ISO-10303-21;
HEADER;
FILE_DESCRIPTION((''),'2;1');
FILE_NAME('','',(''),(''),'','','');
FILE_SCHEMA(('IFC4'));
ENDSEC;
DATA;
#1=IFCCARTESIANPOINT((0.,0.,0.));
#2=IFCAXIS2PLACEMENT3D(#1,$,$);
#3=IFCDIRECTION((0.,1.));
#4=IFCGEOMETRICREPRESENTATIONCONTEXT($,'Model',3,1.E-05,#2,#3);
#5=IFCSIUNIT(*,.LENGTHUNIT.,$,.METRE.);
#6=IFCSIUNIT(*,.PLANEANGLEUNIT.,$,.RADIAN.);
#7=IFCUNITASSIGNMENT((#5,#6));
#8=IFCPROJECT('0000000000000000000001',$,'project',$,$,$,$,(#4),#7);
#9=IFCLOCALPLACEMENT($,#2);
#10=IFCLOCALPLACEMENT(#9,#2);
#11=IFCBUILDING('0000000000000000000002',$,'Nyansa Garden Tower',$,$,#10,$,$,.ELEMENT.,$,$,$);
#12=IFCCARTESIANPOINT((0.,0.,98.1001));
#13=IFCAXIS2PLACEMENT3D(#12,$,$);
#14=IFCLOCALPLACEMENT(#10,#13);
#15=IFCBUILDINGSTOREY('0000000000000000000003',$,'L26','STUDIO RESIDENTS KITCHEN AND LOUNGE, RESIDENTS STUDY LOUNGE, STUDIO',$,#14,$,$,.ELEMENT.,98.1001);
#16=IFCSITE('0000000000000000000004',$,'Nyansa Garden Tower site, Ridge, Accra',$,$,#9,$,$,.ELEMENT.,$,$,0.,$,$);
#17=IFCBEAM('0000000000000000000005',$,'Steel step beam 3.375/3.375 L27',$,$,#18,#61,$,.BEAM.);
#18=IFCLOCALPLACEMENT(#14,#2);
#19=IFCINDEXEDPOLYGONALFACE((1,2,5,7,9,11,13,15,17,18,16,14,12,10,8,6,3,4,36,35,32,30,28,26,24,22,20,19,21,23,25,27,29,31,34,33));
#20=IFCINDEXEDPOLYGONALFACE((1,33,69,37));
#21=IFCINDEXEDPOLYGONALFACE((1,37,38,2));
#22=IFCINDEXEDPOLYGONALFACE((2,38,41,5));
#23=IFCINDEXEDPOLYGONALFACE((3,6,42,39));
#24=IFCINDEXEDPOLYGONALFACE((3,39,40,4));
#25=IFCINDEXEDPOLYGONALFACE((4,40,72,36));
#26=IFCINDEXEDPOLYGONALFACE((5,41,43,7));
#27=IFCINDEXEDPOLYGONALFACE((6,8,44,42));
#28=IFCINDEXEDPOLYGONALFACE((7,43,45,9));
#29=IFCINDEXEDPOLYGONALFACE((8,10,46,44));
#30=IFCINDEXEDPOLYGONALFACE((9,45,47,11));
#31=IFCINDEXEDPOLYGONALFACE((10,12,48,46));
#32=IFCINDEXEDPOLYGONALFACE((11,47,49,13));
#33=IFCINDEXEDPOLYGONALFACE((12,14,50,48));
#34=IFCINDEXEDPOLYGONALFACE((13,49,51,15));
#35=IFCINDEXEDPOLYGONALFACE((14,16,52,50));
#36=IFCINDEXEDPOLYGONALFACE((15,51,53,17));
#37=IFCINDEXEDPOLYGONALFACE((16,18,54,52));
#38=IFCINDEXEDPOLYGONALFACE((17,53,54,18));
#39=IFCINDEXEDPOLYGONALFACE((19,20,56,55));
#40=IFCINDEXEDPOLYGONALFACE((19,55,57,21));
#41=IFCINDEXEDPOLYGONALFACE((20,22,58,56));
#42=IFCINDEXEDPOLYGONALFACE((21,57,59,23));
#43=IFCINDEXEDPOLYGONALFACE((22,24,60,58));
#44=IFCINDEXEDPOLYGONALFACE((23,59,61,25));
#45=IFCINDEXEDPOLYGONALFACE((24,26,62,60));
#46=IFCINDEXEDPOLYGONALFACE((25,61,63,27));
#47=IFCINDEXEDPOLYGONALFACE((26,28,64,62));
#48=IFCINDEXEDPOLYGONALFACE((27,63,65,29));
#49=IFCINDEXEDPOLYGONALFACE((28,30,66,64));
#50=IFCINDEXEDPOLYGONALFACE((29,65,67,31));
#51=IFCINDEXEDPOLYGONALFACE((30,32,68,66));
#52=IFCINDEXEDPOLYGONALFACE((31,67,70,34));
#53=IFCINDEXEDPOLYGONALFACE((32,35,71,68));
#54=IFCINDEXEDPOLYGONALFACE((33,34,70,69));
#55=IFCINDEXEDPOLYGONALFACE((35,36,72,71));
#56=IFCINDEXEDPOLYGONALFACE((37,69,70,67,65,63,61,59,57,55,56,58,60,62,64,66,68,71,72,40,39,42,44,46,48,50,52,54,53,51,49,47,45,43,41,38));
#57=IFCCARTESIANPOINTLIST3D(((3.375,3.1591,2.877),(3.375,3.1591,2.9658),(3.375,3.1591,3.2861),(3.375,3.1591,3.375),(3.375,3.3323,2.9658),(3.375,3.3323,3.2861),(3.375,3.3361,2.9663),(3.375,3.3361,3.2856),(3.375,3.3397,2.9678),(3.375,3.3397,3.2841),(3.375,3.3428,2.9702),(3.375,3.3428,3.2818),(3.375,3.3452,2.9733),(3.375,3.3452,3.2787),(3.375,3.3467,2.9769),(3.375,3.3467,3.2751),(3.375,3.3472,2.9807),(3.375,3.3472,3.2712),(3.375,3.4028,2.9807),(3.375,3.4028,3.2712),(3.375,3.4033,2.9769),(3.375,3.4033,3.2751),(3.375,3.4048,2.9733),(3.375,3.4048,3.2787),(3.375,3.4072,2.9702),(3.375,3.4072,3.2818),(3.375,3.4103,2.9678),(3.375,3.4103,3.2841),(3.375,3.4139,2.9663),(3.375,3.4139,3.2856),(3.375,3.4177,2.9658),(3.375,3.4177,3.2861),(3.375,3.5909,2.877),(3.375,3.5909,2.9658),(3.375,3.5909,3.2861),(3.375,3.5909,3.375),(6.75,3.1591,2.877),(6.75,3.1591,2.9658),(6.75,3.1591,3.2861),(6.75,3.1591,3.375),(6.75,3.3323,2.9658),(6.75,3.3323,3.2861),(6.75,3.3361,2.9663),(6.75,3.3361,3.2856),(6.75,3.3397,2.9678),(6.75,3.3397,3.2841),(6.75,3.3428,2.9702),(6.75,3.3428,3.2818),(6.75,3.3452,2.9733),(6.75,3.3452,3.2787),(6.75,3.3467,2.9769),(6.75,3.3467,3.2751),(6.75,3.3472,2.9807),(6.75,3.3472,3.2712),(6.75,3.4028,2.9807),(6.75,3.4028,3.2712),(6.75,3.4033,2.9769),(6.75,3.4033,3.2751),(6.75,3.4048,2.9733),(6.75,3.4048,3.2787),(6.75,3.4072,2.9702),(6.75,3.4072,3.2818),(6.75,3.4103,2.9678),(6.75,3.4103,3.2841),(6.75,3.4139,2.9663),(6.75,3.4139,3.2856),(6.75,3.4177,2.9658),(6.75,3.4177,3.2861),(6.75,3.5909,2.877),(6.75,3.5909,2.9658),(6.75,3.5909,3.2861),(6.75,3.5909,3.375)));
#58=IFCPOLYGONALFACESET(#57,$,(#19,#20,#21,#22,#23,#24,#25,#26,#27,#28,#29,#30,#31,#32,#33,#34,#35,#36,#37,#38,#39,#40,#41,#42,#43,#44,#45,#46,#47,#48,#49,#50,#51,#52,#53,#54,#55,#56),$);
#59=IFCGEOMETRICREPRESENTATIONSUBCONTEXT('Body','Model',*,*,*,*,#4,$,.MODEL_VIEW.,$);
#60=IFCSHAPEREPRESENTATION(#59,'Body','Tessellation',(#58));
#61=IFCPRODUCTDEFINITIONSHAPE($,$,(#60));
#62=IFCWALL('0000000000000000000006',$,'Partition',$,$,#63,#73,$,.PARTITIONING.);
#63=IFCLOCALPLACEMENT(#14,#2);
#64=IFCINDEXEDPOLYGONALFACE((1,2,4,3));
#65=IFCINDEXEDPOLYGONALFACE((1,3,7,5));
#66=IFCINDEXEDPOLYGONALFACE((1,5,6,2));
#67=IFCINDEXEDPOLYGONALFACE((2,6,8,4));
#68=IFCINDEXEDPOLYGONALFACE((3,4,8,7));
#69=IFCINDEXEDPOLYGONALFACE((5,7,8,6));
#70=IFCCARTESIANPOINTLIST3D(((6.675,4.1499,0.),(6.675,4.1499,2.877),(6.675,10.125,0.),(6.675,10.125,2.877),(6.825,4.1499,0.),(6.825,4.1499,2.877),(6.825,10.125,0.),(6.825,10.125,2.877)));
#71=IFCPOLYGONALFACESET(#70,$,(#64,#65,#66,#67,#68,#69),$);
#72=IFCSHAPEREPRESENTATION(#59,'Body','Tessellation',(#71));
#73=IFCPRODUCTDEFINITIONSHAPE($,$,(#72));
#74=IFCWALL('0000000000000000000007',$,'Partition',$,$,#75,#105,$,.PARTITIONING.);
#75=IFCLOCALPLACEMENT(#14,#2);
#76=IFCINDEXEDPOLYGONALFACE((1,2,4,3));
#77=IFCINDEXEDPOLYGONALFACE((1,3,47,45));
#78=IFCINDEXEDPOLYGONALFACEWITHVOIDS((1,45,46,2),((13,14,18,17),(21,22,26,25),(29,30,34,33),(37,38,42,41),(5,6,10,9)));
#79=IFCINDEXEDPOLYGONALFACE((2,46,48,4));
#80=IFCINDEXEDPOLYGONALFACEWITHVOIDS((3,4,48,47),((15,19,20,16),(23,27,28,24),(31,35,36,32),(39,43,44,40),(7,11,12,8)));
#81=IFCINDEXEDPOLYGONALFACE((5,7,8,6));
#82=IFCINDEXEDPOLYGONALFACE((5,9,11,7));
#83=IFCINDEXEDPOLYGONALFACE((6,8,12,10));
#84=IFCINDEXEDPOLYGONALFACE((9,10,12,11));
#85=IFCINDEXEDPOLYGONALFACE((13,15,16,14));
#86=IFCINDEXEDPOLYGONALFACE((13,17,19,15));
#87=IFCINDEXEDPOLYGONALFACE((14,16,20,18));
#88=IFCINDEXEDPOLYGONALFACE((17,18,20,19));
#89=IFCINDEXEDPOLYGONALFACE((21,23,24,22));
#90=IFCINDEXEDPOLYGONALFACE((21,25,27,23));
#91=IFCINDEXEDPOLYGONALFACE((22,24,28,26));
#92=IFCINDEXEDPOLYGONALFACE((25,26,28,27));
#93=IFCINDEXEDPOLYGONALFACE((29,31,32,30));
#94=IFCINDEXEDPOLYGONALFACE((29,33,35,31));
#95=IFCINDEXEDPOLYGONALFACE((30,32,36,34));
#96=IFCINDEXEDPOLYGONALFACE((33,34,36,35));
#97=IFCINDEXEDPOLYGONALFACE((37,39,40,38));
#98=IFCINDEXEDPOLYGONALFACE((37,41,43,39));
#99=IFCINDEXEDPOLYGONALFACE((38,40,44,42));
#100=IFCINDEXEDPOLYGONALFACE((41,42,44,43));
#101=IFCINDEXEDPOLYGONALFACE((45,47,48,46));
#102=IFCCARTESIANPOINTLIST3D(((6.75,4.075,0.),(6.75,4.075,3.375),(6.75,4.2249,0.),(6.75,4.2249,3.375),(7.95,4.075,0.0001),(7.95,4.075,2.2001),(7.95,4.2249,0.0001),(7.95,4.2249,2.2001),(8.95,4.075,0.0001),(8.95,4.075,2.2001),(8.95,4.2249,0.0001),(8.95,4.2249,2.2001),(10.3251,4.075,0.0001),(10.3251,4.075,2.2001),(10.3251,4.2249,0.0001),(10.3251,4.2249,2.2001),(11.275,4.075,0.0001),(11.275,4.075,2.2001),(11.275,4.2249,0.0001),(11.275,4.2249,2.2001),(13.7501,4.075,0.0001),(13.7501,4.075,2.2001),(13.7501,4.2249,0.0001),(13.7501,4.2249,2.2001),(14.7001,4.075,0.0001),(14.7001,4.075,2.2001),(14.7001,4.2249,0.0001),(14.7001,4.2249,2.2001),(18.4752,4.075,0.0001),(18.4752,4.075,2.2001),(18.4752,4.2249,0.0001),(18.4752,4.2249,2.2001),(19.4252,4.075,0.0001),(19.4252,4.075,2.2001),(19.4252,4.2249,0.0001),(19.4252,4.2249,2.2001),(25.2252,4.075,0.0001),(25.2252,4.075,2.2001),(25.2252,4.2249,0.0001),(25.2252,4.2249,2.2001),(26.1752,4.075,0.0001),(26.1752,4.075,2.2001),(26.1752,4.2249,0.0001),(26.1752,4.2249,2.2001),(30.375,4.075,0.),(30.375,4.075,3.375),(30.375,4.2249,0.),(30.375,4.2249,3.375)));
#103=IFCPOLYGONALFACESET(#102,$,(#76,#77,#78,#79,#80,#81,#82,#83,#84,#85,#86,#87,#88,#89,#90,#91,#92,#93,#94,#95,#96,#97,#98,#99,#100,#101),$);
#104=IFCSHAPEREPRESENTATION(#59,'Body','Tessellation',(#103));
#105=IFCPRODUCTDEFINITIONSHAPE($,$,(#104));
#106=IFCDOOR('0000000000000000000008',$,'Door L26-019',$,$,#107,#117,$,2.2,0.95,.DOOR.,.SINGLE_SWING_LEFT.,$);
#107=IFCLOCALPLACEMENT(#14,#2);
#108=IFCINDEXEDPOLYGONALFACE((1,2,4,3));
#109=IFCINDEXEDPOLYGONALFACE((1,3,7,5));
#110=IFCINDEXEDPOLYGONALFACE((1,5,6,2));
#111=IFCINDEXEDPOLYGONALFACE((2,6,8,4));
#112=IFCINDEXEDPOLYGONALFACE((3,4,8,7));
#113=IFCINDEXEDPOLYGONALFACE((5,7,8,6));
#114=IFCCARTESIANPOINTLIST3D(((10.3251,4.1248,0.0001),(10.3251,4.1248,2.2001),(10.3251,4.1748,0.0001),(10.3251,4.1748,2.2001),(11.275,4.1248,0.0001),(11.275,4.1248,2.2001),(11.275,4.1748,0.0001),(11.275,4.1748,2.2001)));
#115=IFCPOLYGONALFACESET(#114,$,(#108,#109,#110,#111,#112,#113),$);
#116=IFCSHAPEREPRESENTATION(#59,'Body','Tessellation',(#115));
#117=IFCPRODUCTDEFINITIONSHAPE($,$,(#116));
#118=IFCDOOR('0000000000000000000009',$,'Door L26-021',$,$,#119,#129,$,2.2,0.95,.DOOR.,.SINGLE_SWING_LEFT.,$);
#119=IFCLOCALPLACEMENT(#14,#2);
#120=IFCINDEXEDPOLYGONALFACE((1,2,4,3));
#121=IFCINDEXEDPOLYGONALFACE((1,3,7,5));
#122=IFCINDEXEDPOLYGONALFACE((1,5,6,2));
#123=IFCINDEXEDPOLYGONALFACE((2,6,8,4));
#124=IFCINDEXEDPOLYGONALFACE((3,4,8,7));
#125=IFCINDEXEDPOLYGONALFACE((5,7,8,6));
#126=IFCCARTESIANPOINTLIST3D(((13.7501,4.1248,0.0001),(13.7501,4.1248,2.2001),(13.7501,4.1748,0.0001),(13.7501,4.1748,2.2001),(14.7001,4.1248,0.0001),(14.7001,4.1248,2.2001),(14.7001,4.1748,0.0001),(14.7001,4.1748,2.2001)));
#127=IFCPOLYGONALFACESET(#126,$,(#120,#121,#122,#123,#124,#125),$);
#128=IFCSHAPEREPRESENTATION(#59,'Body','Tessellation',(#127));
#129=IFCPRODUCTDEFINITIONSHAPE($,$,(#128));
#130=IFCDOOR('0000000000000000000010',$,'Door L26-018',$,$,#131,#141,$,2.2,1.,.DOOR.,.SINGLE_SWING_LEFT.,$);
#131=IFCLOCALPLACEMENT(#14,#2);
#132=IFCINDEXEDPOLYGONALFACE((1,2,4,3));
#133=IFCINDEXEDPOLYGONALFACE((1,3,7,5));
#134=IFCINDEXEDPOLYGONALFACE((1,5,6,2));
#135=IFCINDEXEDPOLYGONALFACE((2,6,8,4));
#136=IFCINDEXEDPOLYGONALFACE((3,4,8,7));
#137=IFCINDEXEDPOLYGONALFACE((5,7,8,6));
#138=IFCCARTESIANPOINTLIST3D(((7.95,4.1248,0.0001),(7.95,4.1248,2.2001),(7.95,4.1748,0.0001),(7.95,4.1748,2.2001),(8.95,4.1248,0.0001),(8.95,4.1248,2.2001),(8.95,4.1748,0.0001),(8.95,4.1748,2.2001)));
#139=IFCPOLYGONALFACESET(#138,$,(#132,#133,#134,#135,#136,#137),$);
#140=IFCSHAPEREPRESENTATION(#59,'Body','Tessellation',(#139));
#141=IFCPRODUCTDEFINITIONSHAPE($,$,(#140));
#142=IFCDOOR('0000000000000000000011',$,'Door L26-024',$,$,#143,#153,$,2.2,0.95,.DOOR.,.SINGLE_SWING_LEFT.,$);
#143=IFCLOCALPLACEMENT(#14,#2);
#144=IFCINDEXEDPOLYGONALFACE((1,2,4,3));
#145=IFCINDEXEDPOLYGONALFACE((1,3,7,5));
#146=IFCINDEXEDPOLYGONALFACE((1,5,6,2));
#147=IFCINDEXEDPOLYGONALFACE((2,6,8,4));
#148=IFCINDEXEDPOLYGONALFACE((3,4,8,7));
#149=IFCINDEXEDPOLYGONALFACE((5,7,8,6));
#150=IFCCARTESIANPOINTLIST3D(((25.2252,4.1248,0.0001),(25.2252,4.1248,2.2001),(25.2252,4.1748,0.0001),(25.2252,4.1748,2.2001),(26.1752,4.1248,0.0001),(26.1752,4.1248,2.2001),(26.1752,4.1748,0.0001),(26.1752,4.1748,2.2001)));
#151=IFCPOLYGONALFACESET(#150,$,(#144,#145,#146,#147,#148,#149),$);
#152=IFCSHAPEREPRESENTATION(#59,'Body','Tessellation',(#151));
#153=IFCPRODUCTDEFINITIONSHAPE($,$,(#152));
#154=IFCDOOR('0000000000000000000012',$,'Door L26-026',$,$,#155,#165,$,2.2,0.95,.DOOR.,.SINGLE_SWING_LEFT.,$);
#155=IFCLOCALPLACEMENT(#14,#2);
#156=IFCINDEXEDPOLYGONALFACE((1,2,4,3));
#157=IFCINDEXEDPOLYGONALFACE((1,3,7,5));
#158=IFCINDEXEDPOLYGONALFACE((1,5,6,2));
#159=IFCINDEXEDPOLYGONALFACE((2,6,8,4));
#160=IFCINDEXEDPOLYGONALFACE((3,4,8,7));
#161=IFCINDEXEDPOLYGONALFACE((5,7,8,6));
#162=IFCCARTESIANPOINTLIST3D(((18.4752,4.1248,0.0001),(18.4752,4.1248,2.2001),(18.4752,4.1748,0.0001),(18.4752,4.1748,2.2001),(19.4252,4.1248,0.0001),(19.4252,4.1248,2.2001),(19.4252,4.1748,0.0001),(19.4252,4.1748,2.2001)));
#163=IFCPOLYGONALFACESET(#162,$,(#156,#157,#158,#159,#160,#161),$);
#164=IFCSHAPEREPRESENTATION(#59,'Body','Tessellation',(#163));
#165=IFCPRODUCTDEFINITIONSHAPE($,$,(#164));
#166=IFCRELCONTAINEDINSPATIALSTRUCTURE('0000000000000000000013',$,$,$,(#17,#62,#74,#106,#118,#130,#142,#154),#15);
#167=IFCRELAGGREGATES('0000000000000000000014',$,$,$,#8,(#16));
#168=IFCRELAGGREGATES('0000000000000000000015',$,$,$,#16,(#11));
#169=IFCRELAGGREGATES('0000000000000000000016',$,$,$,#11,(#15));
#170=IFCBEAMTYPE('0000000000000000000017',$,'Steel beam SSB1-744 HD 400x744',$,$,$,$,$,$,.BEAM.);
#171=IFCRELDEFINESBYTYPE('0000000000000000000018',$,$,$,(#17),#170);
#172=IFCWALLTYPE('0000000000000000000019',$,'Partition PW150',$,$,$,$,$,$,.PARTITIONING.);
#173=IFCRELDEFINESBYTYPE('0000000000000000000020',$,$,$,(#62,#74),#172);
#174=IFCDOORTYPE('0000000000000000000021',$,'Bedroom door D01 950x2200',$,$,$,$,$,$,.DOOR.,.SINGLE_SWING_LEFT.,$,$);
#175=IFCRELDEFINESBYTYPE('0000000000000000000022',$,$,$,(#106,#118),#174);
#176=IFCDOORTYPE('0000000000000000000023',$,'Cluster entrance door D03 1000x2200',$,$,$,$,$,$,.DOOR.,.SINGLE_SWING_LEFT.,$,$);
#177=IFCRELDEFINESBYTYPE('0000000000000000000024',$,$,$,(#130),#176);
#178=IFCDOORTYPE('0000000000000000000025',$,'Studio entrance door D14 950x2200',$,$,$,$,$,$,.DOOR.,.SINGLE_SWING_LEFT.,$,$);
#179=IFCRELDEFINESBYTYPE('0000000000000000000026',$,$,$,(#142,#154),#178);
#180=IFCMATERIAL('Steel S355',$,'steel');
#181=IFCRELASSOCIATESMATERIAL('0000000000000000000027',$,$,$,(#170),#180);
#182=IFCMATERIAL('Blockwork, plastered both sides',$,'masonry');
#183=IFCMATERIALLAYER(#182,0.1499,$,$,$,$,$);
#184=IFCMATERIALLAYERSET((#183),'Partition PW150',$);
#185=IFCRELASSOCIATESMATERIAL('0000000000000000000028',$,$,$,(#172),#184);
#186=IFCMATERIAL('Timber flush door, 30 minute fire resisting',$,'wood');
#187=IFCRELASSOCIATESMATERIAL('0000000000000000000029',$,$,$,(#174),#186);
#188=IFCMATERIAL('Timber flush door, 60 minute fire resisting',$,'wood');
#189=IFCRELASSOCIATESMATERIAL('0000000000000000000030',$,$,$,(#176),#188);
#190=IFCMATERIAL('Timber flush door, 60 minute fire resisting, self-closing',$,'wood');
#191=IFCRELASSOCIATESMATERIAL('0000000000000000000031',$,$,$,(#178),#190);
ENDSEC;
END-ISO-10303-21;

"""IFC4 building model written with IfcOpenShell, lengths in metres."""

from ifc_helpers import new_model, si_unit, direction, frame, frame_2d, origin, origin_2d, place, context, subcontext, project, spatial, rectangle, i_section, extrude, material, layer, layer_set, material_profile, profile_set, type_object, element, fill, save


model = new_model("IFC4")

# Units and contexts
model_context = context("Model", 3, precision=1e-05, world=origin(), true_north=direction((0.0, 1.0)))
body_context = subcontext(model_context, "Body", "Model", "MODEL_VIEW")
ifc_project = project(units=[si_unit("LENGTHUNIT", "METRE"), si_unit("PLANEANGLEUNIT", "RADIAN")], contexts=[model_context])

# Site, building, storey
site_placement = place(None, origin())
site = spatial("IfcSite", under=ifc_project, at=site_placement, Name="Nyansa Garden Tower site, Ridge, Accra", CompositionType="ELEMENT", RefElevation=0.0)
building_placement = place(site_placement, origin())
building = spatial("IfcBuilding", under=site, at=building_placement, Name="Nyansa Garden Tower", CompositionType="ELEMENT")
storey_placement = place(building_placement, frame((0.0, 0.0, 98.1001)))
storey = spatial("IfcBuildingStorey", under=building, at=storey_placement, Name="L26", Description="STUDIO RESIDENTS KITCHEN AND LOUNGE, RESIDENTS STUDY LOUNGE, STUDIO", CompositionType="ELEMENT", Elevation=98.1001)

# Beam
ifc_material_1 = material(Name="Steel S355", Category="steel")
ifc_material_profile_1 = material_profile(ifc_material_1, i_section(OverallWidth=0.4319, OverallDepth=0.498, WebThickness=0.0557, FlangeThickness=0.0889, FilletRadius=0.0149, at=origin_2d()), Name="HD 400x744")
ifc_profile_set_1 = profile_set([ifc_material_profile_1], Name="Steel S355")
beam_type_1 = type_object("IfcBeamType", Name="Steel beam SSB1-744 HD 400x744", PredefinedType="BEAM", material=ifc_profile_set_1)
for number, where, z_axis, x_axis, name in (
    (1, (3.375, 3.375, 3.126), (1.0, 0.0, 0.0), (0.0, 1.0, 0.0), "Steel step beam 3.375/3.375 L27"),
):
    element("IfcBeam", number, at=place(storey_placement, frame(where, z_axis=z_axis, x_axis=x_axis)), inside=storey, type_object=beam_type_1, Name=name, PredefinedType="BEAM", context=body_context, shape_type="SweptSolid", body=[
        extrude(i_section(OverallWidth=0.4319, OverallDepth=0.498, WebThickness=0.0557, FlangeThickness=0.0889, FilletRadius=0.0149, at=origin_2d()), origin(), (0.0, 0.0, 1.0), 3.375),
    ])

# Wall
ifc_material_2 = material(Name="Blockwork, plastered both sides", Category="masonry")
ifc_layer_1 = layer(ifc_material_2, 0.1499)
ifc_layer_set_1 = layer_set([ifc_layer_1], Name="Partition PW150")
wall_type_1 = type_object("IfcWallType", Name="Partition PW150", PredefinedType="PARTITIONING", material=ifc_layer_set_1)
wall_1_placement = place(storey_placement, frame((6.75, 4.1499, 0.0), z_axis=(0.0, 0.0, 1.0), x_axis=(0.0, 1.0, 0.0)))
element("IfcWall", 2, at=wall_1_placement, inside=storey, type_object=wall_type_1, Name="Partition", PredefinedType="PARTITIONING", context=body_context, shape_type="SweptSolid", body=[
    extrude(rectangle(XDim=5.9751, YDim=0.1499, at=frame_2d((2.9875, 0.0))), origin(), (0.0, 0.0, 1.0), 2.877),
])

# Wall, openings, doors
wall_2_placement = place(storey_placement, frame((6.75, 4.1499, 0.0), z_axis=(0.0, 0.0, 1.0), x_axis=(1.0, 0.0, 0.0)))
wall_2 = element("IfcWall", 3, at=wall_2_placement, inside=storey, type_object=wall_type_1, Name="Partition", PredefinedType="PARTITIONING", context=body_context, shape_type="SweptSolid", body=[
    extrude(rectangle(XDim=23.625, YDim=0.1499, at=frame_2d((11.8125, 0.0))), origin(), (0.0, 0.0, 1.0), 3.375),
])
opening_1_placement = place(wall_2_placement, frame((1.2, 0.0, 0.0)))
opening_1 = element("IfcOpeningElement", 4, at=opening_1_placement, cuts=wall_2, PredefinedType="OPENING", context=body_context, shape_type="SweptSolid", body=[
    extrude(rectangle(XDim=1.0, YDim=2.2, at=frame_2d((0.5, 1.1001))), frame((0.0, 0.085, 0.0), z_axis=(0.0, -1.0, 0.0), x_axis=(1.0, 0.0, 0.0)), (0.0, 0.0, 1.0), 0.1699),
])
opening_2_placement = place(wall_2_placement, frame((3.575, 0.0, 0.0)))
opening_2 = element("IfcOpeningElement", 5, at=opening_2_placement, cuts=wall_2, PredefinedType="OPENING", context=body_context, shape_type="SweptSolid", body=[
    extrude(rectangle(XDim=0.95, YDim=2.2, at=frame_2d((0.4751, 1.1001))), frame((0.0, 0.085, 0.0), z_axis=(0.0, -1.0, 0.0), x_axis=(1.0, 0.0, 0.0)), (0.0, 0.0, 1.0), 0.1699),
])
opening_3_placement = place(wall_2_placement, frame((7.0, 0.0, 0.0)))
opening_3 = element("IfcOpeningElement", 6, at=opening_3_placement, cuts=wall_2, PredefinedType="OPENING", context=body_context, shape_type="SweptSolid", body=[
    extrude(rectangle(XDim=0.95, YDim=2.2, at=frame_2d((0.4751, 1.1001))), frame((0.0, 0.085, 0.0), z_axis=(0.0, -1.0, 0.0), x_axis=(1.0, 0.0, 0.0)), (0.0, 0.0, 1.0), 0.1699),
])
opening_4_placement = place(wall_2_placement, frame((18.4751, 0.0, 0.0)))
opening_4 = element("IfcOpeningElement", 7, at=opening_4_placement, cuts=wall_2, PredefinedType="OPENING", context=body_context, shape_type="SweptSolid", body=[
    extrude(rectangle(XDim=0.95, YDim=2.2, at=frame_2d((0.4751, 1.1001))), frame((0.0, 0.085, 0.0), z_axis=(0.0, -1.0, 0.0), x_axis=(1.0, 0.0, 0.0)), (0.0, 0.0, 1.0), 0.1699),
])
opening_5_placement = place(wall_2_placement, frame((11.7251, 0.0, 0.0)))
opening_5 = element("IfcOpeningElement", 8, at=opening_5_placement, cuts=wall_2, PredefinedType="OPENING", context=body_context, shape_type="SweptSolid", body=[
    extrude(rectangle(XDim=0.95, YDim=2.2, at=frame_2d((0.4751, 1.1001))), frame((0.0, 0.085, 0.0), z_axis=(0.0, -1.0, 0.0), x_axis=(1.0, 0.0, 0.0)), (0.0, 0.0, 1.0), 0.1699),
])
ifc_material_3 = material(Name="Timber flush door, 30 minute fire resisting", Category="wood")
door_type_1 = type_object("IfcDoorType", Name="Bedroom door D01 950x2200", OperationType="SINGLE_SWING_LEFT", PredefinedType="DOOR", material=ifc_material_3)
door_1_placement = place(opening_2_placement, origin())
door_1 = element("IfcDoor", 9, at=door_1_placement, inside=storey, type_object=door_type_1, Name="Door L26-019", OperationType="SINGLE_SWING_LEFT", OverallHeight=2.2, OverallWidth=0.95, PredefinedType="DOOR", context=body_context, shape_type="SweptSolid", body=[
    extrude(rectangle(XDim=0.95, YDim=2.2, at=frame_2d((0.4751, 1.1001))), frame((0.0, 0.0249, 0.0), z_axis=(0.0, -1.0, 0.0), x_axis=(1.0, 0.0, 0.0)), (0.0, 0.0, 1.0), 0.05),
])
fill(opening_2, door_1)
door_2_placement = place(opening_3_placement, origin())
door_2 = element("IfcDoor", 10, at=door_2_placement, inside=storey, type_object=door_type_1, Name="Door L26-021", OperationType="SINGLE_SWING_LEFT", OverallHeight=2.2, OverallWidth=0.95, PredefinedType="DOOR", context=body_context, shape_type="SweptSolid", body=[
    extrude(rectangle(XDim=0.95, YDim=2.2, at=frame_2d((0.4751, 1.1001))), frame((0.0, 0.0249, 0.0), z_axis=(0.0, -1.0, 0.0), x_axis=(1.0, 0.0, 0.0)), (0.0, 0.0, 1.0), 0.05),
])
fill(opening_3, door_2)
ifc_material_4 = material(Name="Timber flush door, 60 minute fire resisting", Category="wood")
door_type_2 = type_object("IfcDoorType", Name="Cluster entrance door D03 1000x2200", OperationType="SINGLE_SWING_LEFT", PredefinedType="DOOR", material=ifc_material_4)
door_3_placement = place(opening_1_placement, origin())
door_3 = element("IfcDoor", 11, at=door_3_placement, inside=storey, type_object=door_type_2, Name="Door L26-018", OperationType="SINGLE_SWING_LEFT", OverallHeight=2.2, OverallWidth=1.0, PredefinedType="DOOR", context=body_context, shape_type="SweptSolid", body=[
    extrude(rectangle(XDim=1.0, YDim=2.2, at=frame_2d((0.5, 1.1001))), frame((0.0, 0.0249, 0.0), z_axis=(0.0, -1.0, 0.0), x_axis=(1.0, 0.0, 0.0)), (0.0, 0.0, 1.0), 0.05),
])
fill(opening_1, door_3)
ifc_material_5 = material(Name="Timber flush door, 60 minute fire resisting, self-closing", Category="wood")
door_type_3 = type_object("IfcDoorType", Name="Studio entrance door D14 950x2200", OperationType="SINGLE_SWING_LEFT", PredefinedType="DOOR", material=ifc_material_5)
door_4_placement = place(opening_4_placement, origin())
door_4 = element("IfcDoor", 12, at=door_4_placement, inside=storey, type_object=door_type_3, Name="Door L26-024", OperationType="SINGLE_SWING_LEFT", OverallHeight=2.2, OverallWidth=0.95, PredefinedType="DOOR", context=body_context, shape_type="SweptSolid", body=[
    extrude(rectangle(XDim=0.95, YDim=2.2, at=frame_2d((0.4751, 1.1001))), frame((0.0, 0.0249, 0.0), z_axis=(0.0, -1.0, 0.0), x_axis=(1.0, 0.0, 0.0)), (0.0, 0.0, 1.0), 0.05),
])
fill(opening_4, door_4)
door_5_placement = place(opening_5_placement, origin())
door_5 = element("IfcDoor", 13, at=door_5_placement, inside=storey, type_object=door_type_3, Name="Door L26-026", OperationType="SINGLE_SWING_LEFT", OverallHeight=2.2, OverallWidth=0.95, PredefinedType="DOOR", context=body_context, shape_type="SweptSolid", body=[
    extrude(rectangle(XDim=0.95, YDim=2.2, at=frame_2d((0.4751, 1.1001))), frame((0.0, 0.0249, 0.0), z_axis=(0.0, -1.0, 0.0), x_axis=(1.0, 0.0, 0.0)), (0.0, 0.0, 1.0), 0.05),
])
fill(opening_5, door_5)

save(model, "model.ifc")
